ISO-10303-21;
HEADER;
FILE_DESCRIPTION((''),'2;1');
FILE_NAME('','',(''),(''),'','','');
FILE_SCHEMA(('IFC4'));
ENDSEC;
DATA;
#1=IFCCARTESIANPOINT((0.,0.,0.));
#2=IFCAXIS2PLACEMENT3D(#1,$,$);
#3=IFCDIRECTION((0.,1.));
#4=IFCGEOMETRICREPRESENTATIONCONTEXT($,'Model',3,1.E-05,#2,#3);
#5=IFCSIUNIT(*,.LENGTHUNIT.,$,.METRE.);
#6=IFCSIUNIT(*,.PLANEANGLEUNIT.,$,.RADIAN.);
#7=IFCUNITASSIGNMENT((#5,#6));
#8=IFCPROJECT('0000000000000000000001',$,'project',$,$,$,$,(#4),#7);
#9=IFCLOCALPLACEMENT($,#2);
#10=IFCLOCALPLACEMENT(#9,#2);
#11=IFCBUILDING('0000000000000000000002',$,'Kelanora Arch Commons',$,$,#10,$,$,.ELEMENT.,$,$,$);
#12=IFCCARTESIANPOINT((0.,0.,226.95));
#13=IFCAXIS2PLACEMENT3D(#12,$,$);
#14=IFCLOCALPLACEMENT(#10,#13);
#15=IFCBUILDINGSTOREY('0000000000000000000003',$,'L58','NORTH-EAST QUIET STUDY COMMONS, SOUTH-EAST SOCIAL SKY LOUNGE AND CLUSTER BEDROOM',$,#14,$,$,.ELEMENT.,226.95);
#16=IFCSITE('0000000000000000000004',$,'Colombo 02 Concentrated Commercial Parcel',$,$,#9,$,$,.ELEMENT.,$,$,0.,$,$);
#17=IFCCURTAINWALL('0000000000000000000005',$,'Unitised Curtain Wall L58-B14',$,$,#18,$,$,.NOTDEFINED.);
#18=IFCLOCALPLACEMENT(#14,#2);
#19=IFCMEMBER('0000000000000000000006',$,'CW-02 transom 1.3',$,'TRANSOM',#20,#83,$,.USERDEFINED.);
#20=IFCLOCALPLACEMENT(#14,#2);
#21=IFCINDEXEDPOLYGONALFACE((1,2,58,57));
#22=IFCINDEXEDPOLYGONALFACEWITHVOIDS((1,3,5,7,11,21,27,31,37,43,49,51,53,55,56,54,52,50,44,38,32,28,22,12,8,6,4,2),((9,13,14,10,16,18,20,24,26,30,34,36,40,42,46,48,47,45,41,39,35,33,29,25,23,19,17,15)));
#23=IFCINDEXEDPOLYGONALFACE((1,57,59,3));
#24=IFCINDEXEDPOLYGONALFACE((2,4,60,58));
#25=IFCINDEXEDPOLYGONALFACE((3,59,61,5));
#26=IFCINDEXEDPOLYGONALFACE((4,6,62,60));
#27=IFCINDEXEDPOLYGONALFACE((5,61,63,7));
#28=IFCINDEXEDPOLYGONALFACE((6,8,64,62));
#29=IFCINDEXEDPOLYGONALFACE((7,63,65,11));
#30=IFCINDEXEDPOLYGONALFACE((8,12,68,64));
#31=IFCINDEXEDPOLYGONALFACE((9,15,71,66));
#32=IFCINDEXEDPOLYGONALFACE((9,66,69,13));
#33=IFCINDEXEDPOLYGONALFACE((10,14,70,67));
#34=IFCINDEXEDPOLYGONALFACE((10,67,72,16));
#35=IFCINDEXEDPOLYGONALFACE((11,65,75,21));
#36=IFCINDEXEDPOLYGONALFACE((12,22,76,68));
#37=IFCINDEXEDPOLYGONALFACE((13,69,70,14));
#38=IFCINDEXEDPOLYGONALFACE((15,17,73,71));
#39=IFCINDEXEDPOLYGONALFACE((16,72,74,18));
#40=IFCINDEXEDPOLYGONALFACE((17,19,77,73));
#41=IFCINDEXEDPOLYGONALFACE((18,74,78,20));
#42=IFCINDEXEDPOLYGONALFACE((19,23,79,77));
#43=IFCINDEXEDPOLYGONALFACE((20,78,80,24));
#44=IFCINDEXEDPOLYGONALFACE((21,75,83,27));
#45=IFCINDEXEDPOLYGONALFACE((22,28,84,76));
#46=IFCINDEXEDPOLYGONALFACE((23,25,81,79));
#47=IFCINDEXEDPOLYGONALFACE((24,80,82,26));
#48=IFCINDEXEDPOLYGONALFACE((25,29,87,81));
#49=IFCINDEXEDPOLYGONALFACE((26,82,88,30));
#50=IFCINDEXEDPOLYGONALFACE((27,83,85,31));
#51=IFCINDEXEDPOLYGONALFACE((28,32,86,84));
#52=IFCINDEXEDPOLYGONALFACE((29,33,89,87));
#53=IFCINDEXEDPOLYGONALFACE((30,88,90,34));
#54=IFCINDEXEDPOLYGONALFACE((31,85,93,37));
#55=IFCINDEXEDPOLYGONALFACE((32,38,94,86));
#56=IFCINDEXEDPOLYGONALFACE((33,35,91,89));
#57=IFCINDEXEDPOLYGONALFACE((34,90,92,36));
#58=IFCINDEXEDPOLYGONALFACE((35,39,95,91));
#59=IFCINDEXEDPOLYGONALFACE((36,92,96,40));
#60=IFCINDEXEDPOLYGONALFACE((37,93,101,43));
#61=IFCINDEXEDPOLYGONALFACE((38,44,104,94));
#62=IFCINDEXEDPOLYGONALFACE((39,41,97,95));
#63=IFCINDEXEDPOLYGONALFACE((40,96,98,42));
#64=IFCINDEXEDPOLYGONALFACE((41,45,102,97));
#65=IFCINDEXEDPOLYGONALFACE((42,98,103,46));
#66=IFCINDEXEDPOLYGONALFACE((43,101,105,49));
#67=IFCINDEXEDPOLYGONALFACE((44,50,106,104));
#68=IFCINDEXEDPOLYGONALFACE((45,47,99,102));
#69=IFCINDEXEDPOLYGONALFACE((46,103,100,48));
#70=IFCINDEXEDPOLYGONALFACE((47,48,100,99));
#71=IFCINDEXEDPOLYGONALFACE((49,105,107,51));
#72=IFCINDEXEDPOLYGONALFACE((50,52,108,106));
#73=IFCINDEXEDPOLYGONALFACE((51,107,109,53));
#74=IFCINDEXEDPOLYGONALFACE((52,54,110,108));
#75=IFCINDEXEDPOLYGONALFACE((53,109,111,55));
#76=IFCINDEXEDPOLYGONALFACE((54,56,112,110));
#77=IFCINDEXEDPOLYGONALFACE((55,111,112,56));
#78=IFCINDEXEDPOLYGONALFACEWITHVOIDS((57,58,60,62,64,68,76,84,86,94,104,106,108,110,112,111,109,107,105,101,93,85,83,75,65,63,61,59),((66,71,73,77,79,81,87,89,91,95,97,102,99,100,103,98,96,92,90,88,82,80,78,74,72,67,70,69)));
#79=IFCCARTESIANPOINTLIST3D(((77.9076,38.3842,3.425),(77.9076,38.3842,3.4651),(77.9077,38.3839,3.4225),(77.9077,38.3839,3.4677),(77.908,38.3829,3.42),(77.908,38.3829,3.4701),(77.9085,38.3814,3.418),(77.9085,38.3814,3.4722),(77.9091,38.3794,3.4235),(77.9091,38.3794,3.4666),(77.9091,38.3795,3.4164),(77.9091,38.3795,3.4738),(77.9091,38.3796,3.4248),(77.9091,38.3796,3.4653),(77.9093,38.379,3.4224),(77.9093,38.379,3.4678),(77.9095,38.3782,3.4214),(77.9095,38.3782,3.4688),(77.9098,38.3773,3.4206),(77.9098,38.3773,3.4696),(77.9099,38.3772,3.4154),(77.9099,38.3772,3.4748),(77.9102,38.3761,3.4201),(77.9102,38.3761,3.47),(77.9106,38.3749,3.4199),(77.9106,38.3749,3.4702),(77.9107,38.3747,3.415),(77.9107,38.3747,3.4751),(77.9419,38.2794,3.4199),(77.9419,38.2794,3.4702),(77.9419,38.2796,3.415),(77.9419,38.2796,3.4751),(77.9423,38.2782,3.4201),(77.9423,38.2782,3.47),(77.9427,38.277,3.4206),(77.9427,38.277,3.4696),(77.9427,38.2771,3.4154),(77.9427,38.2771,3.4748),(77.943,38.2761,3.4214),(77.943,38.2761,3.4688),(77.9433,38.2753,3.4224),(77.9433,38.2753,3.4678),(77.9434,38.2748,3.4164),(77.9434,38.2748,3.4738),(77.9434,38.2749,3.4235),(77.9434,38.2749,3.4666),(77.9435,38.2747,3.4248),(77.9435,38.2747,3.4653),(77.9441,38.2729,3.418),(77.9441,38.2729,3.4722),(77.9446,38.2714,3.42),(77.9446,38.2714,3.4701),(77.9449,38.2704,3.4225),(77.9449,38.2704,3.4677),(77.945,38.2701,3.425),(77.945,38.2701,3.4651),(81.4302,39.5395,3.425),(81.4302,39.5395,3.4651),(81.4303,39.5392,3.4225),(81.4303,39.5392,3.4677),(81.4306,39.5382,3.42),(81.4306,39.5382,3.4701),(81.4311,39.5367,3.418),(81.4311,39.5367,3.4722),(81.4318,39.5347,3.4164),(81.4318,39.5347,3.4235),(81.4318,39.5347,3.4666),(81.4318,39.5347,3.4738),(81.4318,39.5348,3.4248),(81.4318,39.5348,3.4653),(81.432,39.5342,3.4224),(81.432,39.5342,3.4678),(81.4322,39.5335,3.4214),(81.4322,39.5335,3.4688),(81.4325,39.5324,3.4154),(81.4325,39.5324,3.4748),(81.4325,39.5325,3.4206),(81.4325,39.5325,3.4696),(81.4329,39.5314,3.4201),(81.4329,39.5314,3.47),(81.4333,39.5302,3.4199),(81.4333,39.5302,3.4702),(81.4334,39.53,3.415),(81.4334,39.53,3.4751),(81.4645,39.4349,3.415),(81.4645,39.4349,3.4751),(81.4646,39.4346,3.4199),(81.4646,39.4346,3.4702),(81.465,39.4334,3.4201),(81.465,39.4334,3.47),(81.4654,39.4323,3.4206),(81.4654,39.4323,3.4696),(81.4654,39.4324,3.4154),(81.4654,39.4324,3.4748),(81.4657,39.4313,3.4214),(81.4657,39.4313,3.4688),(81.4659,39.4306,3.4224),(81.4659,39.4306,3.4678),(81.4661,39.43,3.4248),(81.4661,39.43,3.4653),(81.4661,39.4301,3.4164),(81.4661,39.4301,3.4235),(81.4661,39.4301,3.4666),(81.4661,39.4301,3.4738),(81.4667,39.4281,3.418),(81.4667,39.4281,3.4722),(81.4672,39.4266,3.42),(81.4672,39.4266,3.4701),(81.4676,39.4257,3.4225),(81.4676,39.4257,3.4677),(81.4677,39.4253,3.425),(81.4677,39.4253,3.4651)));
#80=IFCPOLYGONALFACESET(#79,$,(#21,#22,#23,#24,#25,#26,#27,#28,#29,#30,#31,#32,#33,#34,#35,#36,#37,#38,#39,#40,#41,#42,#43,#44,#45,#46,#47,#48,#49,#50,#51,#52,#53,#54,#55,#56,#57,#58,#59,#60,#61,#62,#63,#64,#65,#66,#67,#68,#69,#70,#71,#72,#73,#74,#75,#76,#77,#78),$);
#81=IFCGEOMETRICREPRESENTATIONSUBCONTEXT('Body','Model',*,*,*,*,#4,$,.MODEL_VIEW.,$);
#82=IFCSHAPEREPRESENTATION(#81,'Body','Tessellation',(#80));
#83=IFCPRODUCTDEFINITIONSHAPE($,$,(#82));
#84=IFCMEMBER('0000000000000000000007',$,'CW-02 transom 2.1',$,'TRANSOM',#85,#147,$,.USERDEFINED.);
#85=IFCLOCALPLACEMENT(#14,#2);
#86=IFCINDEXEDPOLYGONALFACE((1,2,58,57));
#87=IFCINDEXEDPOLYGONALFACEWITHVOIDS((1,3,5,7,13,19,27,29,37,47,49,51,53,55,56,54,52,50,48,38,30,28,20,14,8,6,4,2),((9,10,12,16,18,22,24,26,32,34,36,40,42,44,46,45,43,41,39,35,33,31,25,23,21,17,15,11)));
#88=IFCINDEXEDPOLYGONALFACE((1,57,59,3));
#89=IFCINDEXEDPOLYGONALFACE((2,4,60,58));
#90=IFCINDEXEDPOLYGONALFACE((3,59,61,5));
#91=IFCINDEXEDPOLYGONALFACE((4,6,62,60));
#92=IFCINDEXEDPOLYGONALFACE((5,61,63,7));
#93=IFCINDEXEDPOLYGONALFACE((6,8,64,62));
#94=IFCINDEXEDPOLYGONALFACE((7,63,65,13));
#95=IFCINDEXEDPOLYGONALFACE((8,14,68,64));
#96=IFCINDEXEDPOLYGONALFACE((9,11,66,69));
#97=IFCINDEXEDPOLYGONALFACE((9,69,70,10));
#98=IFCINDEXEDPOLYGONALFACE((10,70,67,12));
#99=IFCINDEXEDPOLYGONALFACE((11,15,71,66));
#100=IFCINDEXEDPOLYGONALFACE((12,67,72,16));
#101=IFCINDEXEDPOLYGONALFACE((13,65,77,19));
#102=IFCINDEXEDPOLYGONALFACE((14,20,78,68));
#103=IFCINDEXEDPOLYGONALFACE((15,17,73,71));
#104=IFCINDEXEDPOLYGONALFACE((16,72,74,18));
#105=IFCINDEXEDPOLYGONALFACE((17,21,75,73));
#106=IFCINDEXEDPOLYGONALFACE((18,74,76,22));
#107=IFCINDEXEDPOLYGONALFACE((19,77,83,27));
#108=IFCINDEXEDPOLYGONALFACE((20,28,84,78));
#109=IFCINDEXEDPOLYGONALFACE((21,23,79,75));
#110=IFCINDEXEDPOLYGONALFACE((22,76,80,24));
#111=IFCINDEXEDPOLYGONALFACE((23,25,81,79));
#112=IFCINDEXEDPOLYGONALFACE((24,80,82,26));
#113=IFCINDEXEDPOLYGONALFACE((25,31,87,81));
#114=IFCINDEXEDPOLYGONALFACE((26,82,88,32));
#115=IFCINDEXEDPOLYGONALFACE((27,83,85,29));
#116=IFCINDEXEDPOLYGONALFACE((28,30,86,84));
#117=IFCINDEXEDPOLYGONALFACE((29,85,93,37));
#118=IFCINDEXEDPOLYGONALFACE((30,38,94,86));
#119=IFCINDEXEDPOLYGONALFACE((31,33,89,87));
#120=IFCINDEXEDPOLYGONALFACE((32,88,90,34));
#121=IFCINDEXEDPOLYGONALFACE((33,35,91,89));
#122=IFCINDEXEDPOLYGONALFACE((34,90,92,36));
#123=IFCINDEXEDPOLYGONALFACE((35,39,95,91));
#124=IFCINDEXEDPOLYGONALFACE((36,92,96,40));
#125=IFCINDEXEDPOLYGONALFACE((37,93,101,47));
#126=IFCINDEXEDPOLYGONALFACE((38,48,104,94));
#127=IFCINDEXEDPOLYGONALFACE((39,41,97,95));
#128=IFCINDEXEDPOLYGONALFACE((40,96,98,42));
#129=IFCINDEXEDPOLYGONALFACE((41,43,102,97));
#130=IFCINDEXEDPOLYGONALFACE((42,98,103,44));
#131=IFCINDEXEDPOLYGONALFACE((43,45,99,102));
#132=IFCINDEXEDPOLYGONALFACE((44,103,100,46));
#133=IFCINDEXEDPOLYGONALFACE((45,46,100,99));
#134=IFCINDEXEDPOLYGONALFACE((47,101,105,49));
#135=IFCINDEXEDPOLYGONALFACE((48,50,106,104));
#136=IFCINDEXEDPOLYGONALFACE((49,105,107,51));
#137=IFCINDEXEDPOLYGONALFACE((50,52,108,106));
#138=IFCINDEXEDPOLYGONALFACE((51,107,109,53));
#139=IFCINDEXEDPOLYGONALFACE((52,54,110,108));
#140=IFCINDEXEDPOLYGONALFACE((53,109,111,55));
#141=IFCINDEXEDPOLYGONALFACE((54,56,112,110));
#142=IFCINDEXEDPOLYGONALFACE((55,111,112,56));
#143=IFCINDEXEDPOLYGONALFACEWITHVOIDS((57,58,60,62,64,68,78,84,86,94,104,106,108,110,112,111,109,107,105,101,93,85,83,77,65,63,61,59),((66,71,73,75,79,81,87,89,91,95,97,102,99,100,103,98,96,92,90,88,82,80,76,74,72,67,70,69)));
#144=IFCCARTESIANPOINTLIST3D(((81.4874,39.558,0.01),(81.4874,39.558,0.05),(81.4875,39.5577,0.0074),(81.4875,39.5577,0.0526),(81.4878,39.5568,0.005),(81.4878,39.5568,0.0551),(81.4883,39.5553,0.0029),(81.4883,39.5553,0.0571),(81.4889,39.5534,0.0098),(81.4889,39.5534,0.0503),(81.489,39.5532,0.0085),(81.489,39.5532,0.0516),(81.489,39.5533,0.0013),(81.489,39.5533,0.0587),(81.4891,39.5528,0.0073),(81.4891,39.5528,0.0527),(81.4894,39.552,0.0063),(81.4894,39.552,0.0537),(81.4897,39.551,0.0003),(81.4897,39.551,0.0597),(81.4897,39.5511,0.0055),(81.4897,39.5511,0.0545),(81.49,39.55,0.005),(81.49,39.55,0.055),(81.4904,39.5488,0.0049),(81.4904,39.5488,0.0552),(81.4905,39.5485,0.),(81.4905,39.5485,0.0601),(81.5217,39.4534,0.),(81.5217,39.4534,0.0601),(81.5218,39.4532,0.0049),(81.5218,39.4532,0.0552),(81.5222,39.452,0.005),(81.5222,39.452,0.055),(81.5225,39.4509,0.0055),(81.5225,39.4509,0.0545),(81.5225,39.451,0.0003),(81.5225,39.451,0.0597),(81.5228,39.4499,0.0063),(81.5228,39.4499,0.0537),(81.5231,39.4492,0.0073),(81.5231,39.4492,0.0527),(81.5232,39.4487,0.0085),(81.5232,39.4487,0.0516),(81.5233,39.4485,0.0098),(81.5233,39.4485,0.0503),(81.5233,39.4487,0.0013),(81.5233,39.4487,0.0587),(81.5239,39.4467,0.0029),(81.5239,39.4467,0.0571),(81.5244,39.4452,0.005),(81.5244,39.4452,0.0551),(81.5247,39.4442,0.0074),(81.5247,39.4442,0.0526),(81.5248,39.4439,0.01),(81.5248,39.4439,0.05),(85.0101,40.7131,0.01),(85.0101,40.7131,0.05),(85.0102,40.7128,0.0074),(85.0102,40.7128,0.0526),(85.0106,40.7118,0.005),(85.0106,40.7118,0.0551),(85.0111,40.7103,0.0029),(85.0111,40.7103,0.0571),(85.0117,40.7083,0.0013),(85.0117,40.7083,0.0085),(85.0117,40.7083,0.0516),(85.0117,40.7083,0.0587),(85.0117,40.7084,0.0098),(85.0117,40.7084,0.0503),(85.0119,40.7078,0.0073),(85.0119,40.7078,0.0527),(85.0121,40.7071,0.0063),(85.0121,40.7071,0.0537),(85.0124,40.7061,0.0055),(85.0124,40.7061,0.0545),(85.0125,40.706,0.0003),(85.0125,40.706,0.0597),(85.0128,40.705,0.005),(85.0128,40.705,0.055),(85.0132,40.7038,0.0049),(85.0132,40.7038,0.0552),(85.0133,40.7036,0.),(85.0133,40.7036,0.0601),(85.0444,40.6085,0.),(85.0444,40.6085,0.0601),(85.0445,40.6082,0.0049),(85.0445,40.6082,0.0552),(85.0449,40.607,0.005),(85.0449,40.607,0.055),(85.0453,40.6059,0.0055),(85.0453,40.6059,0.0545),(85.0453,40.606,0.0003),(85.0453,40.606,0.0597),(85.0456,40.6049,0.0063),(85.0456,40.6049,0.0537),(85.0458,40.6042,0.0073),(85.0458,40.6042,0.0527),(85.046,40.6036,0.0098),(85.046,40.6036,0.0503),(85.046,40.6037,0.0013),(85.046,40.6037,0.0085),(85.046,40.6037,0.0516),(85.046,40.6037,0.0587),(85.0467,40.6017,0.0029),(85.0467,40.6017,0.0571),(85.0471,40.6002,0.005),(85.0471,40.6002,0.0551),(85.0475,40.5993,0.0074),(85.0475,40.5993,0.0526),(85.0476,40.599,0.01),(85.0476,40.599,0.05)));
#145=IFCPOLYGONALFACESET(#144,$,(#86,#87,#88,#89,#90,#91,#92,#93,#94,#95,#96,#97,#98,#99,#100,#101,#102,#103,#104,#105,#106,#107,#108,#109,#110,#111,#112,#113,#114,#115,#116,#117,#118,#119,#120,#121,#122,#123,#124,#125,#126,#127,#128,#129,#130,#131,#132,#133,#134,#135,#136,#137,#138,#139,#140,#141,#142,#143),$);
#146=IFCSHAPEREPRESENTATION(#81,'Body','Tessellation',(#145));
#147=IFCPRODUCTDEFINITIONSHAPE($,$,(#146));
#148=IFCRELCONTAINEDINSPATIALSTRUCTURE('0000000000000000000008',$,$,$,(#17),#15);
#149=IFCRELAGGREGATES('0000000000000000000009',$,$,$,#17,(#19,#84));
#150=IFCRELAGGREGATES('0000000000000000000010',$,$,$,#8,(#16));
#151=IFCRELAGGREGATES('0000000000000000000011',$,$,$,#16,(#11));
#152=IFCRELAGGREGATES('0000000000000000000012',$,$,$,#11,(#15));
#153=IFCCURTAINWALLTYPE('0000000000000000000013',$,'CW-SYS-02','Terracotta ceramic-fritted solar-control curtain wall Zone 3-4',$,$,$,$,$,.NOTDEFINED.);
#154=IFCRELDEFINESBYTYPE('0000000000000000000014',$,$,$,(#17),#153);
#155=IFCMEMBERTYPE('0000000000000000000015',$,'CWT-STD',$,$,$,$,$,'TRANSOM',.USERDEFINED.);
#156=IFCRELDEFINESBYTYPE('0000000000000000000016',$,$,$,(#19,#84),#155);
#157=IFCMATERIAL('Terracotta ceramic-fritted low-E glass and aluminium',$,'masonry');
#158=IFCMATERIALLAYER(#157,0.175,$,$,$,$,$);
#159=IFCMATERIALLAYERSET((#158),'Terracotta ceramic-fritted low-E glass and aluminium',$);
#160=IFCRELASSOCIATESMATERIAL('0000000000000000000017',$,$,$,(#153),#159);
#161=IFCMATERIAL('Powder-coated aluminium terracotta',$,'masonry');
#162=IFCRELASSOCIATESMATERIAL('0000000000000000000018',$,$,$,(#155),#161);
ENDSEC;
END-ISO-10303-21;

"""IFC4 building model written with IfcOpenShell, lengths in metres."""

from ifc_helpers import new_model, si_unit, direction, frame, origin, origin_2d, place, context, subcontext, project, spatial, hollow_rectangle, extrude, material, layer, layer_set, material_profile, profile_set, type_object, element, aggregate, save


model = new_model("IFC4")

# Units and contexts
model_context = context("Model", 3, precision=1e-05, world=origin(), true_north=direction((0.0, 1.0)))
body_context = subcontext(model_context, "Body", "Model", "MODEL_VIEW")
ifc_project = project(units=[si_unit("LENGTHUNIT", "METRE"), si_unit("PLANEANGLEUNIT", "RADIAN")], contexts=[model_context])

# Site, building, storey
site_placement = place(None, origin())
site = spatial("IfcSite", under=ifc_project, at=site_placement, Name="Colombo 02 Concentrated Commercial Parcel", CompositionType="ELEMENT", RefElevation=0.0)
building_placement = place(site_placement, origin())
building = spatial("IfcBuilding", under=site, at=building_placement, Name="Kelanora Arch Commons", CompositionType="ELEMENT")
storey_placement = place(building_placement, frame((0.0, 0.0, 226.95)))
storey = spatial("IfcBuildingStorey", under=building, at=storey_placement, Name="L58", Description="NORTH-EAST QUIET STUDY COMMONS, SOUTH-EAST SOCIAL SKY LOUNGE AND CLUSTER BEDROOM", CompositionType="ELEMENT", Elevation=226.95)

# Curtain wall, members
ifc_material_1 = material(Name="Terracotta ceramic-fritted low-E glass and aluminium", Category="masonry")
ifc_layer_1 = layer(ifc_material_1, 0.175)
ifc_layer_set_1 = layer_set([ifc_layer_1], Name="Terracotta ceramic-fritted low-E glass and aluminium")
curtain_wall_type = type_object("IfcCurtainWallType", Name="CW-SYS-02", Description="Terracotta ceramic-fritted solar-control curtain wall Zone 3-4", PredefinedType="NOTDEFINED", material=ifc_layer_set_1)
curtain_wall_placement = place(storey_placement, origin())
curtain_wall = element("IfcCurtainWall", 1, at=curtain_wall_placement, inside=storey, type_object=curtain_wall_type, Name="Unitised Curtain Wall L58-B14", PredefinedType="NOTDEFINED")
ifc_material_2 = material(Name="Powder-coated aluminium terracotta", Category="masonry")
ifc_material_profile_1 = material_profile(ifc_material_2, hollow_rectangle(XDim=0.1201, YDim=0.0601, WallThickness=0.0049, InnerFilletRadius=0.0049, OuterFilletRadius=0.01, at=origin_2d()), Name="CWT120x60")
ifc_profile_set_1 = profile_set([ifc_material_profile_1], Name="Powder-coated aluminium terracotta")
member_type_1 = type_object("IfcMemberType", Name="CWT-STD", ElementType="TRANSOM", PredefinedType="USERDEFINED", material=ifc_profile_set_1)
member_1_placement = place(storey_placement, frame((77.9263, 38.3271, 3.4451), z_axis=(0.950207, 0.311621, 0.0), x_axis=(-0.311621, 0.950207, 0.0)))
member_1 = element("IfcMember", 2, at=member_1_placement, type_object=member_type_1, Name="CW-02 transom 1.3", ObjectType="TRANSOM", PredefinedType="USERDEFINED", context=body_context, shape_type="SweptSolid", body=[
    extrude(hollow_rectangle(XDim=0.1201, YDim=0.0601, WallThickness=0.0049, InnerFilletRadius=0.0049, OuterFilletRadius=0.01, at=origin_2d()), origin(), (0.0, 0.0, 1.0), 3.7073),
])
member_2_placement = place(storey_placement, frame((81.5061, 39.501, 0.03), z_axis=(0.950226, 0.311561, 0.0), x_axis=(-0.311561, 0.950226, 0.0)))
member_2 = element("IfcMember", 3, at=member_2_placement, type_object=member_type_1, Name="CW-02 transom 2.1", ObjectType="TRANSOM", PredefinedType="USERDEFINED", context=body_context, shape_type="SweptSolid", body=[
    extrude(hollow_rectangle(XDim=0.1201, YDim=0.0601, WallThickness=0.0049, InnerFilletRadius=0.0049, OuterFilletRadius=0.01, at=origin_2d()), origin(), (0.0, 0.0, 1.0), 3.7073),
])
aggregate(curtain_wall, [member_1, member_2])

save(model, "model.ifc")
